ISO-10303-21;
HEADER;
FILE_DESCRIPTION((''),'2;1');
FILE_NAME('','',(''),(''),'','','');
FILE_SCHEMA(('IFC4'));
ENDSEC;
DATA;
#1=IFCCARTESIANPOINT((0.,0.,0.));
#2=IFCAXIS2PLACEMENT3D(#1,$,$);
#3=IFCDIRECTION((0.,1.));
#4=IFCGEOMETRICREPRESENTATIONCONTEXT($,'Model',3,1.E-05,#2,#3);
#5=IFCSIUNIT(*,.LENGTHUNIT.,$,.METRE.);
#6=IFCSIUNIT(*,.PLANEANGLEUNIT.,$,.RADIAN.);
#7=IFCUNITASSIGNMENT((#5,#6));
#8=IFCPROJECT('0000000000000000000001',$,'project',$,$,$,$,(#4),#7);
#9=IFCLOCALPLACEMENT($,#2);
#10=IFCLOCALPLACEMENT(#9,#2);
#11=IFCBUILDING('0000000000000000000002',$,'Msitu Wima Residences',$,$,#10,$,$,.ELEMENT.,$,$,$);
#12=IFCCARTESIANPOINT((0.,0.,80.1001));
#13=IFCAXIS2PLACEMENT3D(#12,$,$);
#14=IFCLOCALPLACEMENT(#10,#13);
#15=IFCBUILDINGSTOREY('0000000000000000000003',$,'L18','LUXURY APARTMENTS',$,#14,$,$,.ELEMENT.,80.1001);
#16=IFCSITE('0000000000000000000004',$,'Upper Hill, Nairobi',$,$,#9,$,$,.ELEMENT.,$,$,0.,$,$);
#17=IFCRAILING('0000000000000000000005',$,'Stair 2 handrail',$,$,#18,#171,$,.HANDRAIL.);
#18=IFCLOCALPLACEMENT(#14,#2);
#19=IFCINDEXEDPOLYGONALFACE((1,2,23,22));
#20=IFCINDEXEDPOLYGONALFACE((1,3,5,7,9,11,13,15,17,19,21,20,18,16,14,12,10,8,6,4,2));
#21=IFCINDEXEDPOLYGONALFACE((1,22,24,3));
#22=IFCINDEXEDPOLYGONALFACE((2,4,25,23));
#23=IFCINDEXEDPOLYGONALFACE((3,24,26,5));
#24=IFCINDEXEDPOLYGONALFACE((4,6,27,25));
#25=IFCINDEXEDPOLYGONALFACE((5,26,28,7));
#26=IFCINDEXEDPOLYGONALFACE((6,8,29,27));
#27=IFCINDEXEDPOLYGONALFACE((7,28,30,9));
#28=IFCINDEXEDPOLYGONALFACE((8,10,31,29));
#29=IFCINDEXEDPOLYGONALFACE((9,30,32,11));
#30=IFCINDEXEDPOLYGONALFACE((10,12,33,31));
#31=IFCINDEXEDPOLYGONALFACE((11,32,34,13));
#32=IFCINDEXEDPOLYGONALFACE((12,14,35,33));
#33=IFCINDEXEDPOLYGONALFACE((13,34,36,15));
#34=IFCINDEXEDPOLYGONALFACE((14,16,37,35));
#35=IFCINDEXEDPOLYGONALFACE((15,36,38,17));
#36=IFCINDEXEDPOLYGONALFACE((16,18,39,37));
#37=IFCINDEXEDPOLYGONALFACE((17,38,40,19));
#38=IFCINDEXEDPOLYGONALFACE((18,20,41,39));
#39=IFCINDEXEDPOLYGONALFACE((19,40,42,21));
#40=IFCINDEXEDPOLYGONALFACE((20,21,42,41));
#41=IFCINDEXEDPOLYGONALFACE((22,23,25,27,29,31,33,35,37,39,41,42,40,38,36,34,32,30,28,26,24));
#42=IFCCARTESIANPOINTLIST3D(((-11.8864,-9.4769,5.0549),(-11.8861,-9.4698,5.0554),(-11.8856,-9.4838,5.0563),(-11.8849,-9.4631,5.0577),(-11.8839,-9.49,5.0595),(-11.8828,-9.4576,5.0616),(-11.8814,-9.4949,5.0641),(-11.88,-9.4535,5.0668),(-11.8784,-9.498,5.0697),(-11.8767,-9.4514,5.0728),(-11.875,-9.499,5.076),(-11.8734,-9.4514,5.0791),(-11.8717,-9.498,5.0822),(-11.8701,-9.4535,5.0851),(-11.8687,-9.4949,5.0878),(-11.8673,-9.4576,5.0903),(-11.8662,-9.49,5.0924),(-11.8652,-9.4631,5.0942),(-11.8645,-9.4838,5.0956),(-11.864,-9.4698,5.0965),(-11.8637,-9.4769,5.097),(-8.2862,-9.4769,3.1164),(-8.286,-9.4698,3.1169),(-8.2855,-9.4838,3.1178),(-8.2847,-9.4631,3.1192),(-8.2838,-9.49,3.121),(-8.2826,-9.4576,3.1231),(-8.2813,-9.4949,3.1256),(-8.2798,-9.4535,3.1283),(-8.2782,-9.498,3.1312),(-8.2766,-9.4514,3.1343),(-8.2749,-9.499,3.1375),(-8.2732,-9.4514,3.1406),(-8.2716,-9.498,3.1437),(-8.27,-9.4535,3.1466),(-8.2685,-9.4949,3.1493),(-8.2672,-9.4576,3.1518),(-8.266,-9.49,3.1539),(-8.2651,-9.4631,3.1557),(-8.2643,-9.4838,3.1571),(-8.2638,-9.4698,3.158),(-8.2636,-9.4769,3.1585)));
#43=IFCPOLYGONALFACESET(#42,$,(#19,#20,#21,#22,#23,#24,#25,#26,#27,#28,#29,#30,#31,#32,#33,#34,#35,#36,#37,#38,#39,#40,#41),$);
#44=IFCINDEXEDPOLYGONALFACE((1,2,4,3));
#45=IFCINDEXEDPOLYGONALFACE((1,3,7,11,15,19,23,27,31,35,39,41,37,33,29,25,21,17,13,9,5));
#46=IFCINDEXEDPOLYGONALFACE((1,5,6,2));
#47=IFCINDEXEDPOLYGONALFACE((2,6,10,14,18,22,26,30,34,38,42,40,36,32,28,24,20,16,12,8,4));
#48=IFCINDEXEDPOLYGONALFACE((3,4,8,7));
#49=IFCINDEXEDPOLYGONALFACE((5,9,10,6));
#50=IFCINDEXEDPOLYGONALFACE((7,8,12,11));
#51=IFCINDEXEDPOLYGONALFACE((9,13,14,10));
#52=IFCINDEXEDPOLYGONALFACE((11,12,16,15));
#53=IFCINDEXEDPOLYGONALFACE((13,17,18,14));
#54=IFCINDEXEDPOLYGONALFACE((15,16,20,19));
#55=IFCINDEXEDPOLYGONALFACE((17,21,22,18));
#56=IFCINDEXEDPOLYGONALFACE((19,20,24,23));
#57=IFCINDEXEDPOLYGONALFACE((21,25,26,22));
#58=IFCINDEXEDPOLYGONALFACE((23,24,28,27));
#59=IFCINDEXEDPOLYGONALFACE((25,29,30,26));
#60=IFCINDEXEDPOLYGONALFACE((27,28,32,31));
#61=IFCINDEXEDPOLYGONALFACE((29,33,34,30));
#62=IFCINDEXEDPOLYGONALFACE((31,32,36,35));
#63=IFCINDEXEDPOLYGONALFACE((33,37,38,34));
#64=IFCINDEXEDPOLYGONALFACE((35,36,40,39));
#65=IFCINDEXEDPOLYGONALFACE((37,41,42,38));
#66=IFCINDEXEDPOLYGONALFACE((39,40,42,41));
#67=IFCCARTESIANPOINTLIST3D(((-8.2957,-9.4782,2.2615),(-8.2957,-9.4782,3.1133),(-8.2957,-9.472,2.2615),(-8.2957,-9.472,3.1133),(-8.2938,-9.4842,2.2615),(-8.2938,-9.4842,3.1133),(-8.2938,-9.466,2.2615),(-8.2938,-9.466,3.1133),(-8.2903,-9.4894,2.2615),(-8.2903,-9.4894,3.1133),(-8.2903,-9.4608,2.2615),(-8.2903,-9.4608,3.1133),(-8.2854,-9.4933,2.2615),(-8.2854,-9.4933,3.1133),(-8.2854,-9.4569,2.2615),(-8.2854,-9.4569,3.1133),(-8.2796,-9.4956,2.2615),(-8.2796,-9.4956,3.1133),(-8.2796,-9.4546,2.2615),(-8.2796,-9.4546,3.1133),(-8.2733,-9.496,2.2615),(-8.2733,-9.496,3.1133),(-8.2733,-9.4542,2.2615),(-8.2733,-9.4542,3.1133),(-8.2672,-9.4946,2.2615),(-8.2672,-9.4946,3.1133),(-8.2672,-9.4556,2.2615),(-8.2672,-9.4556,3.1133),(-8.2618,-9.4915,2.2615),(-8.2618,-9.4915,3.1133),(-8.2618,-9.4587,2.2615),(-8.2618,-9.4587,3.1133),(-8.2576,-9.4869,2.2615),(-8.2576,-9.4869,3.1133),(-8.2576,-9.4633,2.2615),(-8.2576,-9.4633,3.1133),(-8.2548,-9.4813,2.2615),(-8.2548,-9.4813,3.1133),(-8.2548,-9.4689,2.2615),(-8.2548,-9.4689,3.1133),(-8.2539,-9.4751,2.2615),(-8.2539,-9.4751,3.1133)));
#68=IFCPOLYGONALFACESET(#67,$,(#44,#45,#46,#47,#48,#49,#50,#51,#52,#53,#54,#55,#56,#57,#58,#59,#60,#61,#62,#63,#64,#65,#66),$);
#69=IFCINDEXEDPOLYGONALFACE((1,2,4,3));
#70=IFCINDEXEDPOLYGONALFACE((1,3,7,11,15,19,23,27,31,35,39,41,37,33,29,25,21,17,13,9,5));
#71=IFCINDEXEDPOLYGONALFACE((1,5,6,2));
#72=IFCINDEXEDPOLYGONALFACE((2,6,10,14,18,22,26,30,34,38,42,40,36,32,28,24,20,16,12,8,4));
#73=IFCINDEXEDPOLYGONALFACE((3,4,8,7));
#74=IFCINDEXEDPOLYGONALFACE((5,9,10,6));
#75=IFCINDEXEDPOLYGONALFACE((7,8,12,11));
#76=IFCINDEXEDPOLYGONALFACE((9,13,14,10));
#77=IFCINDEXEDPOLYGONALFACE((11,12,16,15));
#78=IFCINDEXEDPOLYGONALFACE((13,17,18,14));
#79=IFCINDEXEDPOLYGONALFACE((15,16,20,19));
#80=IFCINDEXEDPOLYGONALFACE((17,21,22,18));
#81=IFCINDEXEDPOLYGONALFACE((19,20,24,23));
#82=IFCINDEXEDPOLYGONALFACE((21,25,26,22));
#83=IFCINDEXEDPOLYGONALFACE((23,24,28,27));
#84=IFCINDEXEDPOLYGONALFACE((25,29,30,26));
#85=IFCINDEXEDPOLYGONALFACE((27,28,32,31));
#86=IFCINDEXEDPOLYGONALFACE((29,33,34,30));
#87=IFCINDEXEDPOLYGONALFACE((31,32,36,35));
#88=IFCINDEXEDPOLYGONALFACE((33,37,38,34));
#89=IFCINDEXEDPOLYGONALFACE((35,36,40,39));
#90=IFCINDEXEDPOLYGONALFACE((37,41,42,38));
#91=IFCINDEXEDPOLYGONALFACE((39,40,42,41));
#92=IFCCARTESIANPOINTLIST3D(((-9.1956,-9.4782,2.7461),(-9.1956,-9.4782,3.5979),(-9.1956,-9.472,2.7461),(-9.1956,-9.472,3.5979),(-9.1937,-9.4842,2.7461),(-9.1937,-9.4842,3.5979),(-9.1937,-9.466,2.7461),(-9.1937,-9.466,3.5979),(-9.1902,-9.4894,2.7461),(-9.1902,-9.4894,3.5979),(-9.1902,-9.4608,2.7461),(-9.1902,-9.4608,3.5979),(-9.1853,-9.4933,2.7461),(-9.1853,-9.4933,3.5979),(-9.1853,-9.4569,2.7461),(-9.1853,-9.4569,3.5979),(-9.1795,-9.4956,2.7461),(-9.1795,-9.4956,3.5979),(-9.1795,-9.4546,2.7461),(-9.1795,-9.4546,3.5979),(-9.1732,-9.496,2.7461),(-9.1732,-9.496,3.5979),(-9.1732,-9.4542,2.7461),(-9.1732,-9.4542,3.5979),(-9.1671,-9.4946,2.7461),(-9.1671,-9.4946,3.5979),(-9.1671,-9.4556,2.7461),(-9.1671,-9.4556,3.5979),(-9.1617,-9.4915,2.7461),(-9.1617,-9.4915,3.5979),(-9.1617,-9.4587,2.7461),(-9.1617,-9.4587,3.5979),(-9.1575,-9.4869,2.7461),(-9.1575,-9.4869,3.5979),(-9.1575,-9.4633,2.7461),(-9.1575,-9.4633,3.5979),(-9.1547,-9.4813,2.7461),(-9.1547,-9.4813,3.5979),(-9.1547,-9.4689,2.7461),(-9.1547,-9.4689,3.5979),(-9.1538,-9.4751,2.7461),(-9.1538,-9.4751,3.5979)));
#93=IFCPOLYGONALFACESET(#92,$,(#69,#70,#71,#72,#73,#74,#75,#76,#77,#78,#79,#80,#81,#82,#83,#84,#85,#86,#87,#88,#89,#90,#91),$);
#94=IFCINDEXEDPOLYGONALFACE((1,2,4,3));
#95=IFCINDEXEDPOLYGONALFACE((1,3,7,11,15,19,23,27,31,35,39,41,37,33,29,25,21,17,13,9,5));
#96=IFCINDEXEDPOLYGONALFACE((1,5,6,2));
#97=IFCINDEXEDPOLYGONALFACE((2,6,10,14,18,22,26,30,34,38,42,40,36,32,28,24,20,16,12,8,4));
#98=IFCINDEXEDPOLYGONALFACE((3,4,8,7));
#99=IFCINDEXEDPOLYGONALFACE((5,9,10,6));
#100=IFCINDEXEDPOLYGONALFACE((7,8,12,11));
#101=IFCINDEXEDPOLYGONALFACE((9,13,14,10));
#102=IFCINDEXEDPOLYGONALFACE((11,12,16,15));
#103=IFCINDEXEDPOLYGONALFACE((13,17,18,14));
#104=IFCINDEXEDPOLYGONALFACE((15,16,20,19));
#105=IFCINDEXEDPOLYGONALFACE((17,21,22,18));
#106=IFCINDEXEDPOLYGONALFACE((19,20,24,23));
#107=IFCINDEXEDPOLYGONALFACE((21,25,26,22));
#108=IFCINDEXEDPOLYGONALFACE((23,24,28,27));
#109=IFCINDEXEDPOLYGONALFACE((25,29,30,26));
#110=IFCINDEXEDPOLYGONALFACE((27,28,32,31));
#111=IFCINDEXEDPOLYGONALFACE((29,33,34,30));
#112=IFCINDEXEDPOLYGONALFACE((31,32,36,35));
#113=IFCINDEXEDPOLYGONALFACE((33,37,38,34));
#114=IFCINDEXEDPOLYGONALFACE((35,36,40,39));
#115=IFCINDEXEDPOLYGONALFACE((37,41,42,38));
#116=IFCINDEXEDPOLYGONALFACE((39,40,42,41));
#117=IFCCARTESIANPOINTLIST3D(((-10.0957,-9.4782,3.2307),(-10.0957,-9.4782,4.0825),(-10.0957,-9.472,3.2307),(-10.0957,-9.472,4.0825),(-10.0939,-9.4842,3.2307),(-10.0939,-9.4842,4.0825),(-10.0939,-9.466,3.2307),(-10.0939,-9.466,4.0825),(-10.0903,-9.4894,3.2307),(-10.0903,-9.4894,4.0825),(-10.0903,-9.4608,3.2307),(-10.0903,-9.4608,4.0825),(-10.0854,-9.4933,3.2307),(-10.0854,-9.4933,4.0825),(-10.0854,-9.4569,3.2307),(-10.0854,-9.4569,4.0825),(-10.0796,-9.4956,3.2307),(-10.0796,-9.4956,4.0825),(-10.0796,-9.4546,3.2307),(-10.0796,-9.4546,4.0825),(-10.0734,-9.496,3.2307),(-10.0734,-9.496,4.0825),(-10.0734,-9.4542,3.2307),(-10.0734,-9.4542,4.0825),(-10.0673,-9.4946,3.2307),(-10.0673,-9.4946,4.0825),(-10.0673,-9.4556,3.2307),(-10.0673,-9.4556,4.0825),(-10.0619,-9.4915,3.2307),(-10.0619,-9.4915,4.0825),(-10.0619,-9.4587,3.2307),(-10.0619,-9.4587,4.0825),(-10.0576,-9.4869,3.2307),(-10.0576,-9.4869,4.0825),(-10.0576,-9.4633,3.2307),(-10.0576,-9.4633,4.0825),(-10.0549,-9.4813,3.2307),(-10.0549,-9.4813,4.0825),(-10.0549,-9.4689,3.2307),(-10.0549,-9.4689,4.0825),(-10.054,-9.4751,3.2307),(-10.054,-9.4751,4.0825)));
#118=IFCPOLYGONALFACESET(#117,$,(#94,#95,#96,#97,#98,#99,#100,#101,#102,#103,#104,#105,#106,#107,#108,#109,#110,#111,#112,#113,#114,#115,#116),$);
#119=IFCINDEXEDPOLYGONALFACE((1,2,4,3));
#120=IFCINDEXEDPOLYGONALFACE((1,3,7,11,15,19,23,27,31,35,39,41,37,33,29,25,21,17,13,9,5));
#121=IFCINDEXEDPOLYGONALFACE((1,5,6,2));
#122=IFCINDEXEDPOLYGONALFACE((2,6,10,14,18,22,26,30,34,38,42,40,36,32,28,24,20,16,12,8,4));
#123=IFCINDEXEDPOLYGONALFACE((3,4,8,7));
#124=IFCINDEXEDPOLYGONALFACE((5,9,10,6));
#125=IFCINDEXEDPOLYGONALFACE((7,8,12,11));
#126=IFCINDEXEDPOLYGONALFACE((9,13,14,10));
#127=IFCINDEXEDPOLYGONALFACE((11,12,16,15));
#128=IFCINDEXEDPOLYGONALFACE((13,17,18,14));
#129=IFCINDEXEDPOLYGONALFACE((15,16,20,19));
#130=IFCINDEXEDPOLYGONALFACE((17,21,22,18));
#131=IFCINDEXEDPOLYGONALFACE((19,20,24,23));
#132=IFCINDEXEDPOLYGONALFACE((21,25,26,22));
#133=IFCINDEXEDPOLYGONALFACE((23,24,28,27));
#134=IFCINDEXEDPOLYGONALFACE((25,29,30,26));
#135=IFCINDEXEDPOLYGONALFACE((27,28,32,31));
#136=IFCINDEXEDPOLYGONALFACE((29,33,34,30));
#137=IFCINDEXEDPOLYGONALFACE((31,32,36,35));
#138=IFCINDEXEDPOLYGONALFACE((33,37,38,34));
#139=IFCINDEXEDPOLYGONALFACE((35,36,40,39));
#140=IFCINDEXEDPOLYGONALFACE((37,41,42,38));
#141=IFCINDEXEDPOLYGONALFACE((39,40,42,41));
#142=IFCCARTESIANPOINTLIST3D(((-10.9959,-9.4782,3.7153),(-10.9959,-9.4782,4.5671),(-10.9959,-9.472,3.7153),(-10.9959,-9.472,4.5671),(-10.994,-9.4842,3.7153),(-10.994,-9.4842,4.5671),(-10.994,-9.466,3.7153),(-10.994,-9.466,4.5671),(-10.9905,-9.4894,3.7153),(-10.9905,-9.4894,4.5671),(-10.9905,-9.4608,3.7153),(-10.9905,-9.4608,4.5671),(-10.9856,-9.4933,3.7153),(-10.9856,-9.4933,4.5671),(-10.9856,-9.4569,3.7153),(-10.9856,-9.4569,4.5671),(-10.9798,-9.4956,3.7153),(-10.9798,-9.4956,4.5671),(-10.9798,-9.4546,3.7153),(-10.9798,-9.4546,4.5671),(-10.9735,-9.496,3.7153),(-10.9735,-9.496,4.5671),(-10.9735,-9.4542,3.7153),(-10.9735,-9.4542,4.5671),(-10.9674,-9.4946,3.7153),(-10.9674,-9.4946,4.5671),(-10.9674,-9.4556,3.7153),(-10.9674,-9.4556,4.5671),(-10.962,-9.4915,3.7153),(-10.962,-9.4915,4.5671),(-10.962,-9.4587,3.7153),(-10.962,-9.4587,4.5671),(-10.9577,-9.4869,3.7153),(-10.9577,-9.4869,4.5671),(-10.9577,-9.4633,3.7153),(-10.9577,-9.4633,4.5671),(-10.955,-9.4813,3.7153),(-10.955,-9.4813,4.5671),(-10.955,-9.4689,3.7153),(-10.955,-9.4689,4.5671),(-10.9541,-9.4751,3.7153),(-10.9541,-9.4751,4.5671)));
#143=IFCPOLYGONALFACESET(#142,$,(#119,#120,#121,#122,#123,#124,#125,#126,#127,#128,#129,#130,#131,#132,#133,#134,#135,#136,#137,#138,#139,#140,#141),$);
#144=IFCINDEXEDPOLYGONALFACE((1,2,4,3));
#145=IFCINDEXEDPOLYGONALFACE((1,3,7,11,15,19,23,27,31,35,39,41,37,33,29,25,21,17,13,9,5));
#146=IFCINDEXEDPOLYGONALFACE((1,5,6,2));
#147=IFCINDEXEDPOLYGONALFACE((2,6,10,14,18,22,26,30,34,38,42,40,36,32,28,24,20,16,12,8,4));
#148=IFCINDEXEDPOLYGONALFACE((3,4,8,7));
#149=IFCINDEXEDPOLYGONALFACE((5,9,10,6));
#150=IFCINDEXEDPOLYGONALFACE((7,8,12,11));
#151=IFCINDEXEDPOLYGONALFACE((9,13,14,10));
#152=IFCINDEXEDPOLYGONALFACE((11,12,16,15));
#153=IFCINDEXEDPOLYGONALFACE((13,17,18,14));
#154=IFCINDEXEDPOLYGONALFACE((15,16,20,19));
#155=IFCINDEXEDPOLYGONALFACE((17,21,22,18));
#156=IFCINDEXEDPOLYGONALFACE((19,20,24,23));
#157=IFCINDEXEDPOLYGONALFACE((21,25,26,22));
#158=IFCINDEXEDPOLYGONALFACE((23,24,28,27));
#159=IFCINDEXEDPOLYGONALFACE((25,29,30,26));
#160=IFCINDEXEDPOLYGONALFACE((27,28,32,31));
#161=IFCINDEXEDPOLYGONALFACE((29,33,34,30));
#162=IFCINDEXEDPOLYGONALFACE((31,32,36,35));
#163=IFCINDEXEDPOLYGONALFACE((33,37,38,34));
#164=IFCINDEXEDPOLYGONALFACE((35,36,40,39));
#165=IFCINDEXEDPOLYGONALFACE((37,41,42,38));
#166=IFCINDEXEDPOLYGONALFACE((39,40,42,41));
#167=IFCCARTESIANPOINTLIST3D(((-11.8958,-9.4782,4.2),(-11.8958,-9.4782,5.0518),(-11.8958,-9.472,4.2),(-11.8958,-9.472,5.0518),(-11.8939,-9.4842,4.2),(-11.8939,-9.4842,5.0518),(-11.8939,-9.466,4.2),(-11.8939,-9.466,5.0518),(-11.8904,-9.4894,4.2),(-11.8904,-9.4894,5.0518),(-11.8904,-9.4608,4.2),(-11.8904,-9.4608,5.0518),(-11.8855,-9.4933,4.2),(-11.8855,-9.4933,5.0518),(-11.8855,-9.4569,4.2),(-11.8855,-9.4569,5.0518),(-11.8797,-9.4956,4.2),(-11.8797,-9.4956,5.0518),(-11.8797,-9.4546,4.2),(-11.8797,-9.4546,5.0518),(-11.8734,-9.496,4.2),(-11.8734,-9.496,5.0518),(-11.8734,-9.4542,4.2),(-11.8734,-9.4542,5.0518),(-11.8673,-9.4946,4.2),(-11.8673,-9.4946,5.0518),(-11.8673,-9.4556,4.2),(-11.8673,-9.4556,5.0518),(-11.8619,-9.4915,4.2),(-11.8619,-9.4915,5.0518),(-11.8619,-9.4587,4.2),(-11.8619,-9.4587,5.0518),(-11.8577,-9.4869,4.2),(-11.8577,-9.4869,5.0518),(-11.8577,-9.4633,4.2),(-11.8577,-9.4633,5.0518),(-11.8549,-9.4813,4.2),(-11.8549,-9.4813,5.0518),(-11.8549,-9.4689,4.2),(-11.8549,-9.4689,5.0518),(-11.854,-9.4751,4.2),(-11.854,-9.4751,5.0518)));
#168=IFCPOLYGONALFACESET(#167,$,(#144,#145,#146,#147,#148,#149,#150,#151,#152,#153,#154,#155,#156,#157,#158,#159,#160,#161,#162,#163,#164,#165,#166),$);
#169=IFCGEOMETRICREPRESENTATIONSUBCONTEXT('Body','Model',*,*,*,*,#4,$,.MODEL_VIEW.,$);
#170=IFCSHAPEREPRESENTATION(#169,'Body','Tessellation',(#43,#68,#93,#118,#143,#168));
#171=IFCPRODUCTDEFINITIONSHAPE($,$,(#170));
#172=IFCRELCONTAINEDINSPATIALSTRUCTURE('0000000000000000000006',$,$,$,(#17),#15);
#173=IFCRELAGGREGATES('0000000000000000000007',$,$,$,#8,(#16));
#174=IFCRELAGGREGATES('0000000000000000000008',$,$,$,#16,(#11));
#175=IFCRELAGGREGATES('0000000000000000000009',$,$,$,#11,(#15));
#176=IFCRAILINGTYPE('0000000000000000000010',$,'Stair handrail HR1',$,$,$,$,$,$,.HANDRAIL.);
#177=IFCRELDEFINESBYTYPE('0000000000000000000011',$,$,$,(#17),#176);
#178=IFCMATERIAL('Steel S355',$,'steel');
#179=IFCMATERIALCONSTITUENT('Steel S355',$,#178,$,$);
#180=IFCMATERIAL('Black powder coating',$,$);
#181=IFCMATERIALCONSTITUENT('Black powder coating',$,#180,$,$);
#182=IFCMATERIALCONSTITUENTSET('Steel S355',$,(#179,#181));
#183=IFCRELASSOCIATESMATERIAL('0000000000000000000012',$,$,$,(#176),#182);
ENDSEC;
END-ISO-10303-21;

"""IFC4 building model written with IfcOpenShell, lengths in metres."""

from ifc_helpers import new_model, si_unit, direction, frame, origin, origin_2d, place, context, subcontext, project, spatial, circle, extrude, material, constituent, constituent_set, type_object, element, save


model = new_model("IFC4")

# Units and contexts
model_context = context("Model", 3, precision=1e-05, world=origin(), true_north=direction((0.0, 1.0)))
body_context = subcontext(model_context, "Body", "Model", "MODEL_VIEW")
ifc_project = project(units=[si_unit("LENGTHUNIT", "METRE"), si_unit("PLANEANGLEUNIT", "RADIAN")], contexts=[model_context])

# Site, building, storey
site_placement = place(None, origin())
site = spatial("IfcSite", under=ifc_project, at=site_placement, Name="Upper Hill, Nairobi", CompositionType="ELEMENT", RefElevation=0.0)
building_placement = place(site_placement, origin())
building = spatial("IfcBuilding", under=site, at=building_placement, Name="Msitu Wima Residences", CompositionType="ELEMENT")
storey_placement = place(building_placement, frame((0.0, 0.0, 80.1001)))
storey = spatial("IfcBuildingStorey", under=building, at=storey_placement, Name="L18", Description="LUXURY APARTMENTS", CompositionType="ELEMENT", Elevation=80.1001)

# Railing
ifc_material_1 = material(Name="Steel S355", Category="steel")
ifc_constituent_1 = constituent(ifc_material_1, Name="Steel S355")
ifc_material_2 = material(Name="Black powder coating")
ifc_constituent_2 = constituent(ifc_material_2, Name="Black powder coating")
ifc_constituent_set = constituent_set(constituents=[ifc_constituent_1, ifc_constituent_2], Name="Steel S355")
railing_type = type_object("IfcRailingType", Name="Stair handrail HR1", PredefinedType="HANDRAIL", material=ifc_constituent_set)
railing_placement = place(storey_placement, frame((-8.2749, -9.4751, 2.2615)))
element("IfcRailing", 1, at=railing_placement, inside=storey, type_object=railing_type, Name="Stair 2 handrail", PredefinedType="HANDRAIL", context=body_context, shape_type="SweptSolid", body=[
    extrude(circle(Radius=0.0239, at=origin_2d()), frame((0.0, 0.0, 0.876), z_axis=(-0.880475, 0.0, 0.474093), x_axis=(0.0, -1.0, 0.0)), (0.0, 0.0, 1.0), 4.0889),
    extrude(circle(Radius=0.021, at=origin_2d()), origin(), (0.0, 0.0, 1.0), 0.8518),
    extrude(circle(Radius=0.021, at=origin_2d()), frame((-0.8999, 0.0, 0.4846)), (0.0, 0.0, 1.0), 0.8518),
    extrude(circle(Radius=0.021, at=origin_2d()), frame((-1.8, 0.0, 0.9692)), (0.0, 0.0, 1.0), 0.8518),
    extrude(circle(Radius=0.021, at=origin_2d()), frame((-2.7002, 0.0, 1.4539)), (0.0, 0.0, 1.0), 0.8518),
    extrude(circle(Radius=0.021, at=origin_2d()), frame((-3.6001, 0.0, 1.9385)), (0.0, 0.0, 1.0), 0.8518),
])

save(model, "model.ifc")
